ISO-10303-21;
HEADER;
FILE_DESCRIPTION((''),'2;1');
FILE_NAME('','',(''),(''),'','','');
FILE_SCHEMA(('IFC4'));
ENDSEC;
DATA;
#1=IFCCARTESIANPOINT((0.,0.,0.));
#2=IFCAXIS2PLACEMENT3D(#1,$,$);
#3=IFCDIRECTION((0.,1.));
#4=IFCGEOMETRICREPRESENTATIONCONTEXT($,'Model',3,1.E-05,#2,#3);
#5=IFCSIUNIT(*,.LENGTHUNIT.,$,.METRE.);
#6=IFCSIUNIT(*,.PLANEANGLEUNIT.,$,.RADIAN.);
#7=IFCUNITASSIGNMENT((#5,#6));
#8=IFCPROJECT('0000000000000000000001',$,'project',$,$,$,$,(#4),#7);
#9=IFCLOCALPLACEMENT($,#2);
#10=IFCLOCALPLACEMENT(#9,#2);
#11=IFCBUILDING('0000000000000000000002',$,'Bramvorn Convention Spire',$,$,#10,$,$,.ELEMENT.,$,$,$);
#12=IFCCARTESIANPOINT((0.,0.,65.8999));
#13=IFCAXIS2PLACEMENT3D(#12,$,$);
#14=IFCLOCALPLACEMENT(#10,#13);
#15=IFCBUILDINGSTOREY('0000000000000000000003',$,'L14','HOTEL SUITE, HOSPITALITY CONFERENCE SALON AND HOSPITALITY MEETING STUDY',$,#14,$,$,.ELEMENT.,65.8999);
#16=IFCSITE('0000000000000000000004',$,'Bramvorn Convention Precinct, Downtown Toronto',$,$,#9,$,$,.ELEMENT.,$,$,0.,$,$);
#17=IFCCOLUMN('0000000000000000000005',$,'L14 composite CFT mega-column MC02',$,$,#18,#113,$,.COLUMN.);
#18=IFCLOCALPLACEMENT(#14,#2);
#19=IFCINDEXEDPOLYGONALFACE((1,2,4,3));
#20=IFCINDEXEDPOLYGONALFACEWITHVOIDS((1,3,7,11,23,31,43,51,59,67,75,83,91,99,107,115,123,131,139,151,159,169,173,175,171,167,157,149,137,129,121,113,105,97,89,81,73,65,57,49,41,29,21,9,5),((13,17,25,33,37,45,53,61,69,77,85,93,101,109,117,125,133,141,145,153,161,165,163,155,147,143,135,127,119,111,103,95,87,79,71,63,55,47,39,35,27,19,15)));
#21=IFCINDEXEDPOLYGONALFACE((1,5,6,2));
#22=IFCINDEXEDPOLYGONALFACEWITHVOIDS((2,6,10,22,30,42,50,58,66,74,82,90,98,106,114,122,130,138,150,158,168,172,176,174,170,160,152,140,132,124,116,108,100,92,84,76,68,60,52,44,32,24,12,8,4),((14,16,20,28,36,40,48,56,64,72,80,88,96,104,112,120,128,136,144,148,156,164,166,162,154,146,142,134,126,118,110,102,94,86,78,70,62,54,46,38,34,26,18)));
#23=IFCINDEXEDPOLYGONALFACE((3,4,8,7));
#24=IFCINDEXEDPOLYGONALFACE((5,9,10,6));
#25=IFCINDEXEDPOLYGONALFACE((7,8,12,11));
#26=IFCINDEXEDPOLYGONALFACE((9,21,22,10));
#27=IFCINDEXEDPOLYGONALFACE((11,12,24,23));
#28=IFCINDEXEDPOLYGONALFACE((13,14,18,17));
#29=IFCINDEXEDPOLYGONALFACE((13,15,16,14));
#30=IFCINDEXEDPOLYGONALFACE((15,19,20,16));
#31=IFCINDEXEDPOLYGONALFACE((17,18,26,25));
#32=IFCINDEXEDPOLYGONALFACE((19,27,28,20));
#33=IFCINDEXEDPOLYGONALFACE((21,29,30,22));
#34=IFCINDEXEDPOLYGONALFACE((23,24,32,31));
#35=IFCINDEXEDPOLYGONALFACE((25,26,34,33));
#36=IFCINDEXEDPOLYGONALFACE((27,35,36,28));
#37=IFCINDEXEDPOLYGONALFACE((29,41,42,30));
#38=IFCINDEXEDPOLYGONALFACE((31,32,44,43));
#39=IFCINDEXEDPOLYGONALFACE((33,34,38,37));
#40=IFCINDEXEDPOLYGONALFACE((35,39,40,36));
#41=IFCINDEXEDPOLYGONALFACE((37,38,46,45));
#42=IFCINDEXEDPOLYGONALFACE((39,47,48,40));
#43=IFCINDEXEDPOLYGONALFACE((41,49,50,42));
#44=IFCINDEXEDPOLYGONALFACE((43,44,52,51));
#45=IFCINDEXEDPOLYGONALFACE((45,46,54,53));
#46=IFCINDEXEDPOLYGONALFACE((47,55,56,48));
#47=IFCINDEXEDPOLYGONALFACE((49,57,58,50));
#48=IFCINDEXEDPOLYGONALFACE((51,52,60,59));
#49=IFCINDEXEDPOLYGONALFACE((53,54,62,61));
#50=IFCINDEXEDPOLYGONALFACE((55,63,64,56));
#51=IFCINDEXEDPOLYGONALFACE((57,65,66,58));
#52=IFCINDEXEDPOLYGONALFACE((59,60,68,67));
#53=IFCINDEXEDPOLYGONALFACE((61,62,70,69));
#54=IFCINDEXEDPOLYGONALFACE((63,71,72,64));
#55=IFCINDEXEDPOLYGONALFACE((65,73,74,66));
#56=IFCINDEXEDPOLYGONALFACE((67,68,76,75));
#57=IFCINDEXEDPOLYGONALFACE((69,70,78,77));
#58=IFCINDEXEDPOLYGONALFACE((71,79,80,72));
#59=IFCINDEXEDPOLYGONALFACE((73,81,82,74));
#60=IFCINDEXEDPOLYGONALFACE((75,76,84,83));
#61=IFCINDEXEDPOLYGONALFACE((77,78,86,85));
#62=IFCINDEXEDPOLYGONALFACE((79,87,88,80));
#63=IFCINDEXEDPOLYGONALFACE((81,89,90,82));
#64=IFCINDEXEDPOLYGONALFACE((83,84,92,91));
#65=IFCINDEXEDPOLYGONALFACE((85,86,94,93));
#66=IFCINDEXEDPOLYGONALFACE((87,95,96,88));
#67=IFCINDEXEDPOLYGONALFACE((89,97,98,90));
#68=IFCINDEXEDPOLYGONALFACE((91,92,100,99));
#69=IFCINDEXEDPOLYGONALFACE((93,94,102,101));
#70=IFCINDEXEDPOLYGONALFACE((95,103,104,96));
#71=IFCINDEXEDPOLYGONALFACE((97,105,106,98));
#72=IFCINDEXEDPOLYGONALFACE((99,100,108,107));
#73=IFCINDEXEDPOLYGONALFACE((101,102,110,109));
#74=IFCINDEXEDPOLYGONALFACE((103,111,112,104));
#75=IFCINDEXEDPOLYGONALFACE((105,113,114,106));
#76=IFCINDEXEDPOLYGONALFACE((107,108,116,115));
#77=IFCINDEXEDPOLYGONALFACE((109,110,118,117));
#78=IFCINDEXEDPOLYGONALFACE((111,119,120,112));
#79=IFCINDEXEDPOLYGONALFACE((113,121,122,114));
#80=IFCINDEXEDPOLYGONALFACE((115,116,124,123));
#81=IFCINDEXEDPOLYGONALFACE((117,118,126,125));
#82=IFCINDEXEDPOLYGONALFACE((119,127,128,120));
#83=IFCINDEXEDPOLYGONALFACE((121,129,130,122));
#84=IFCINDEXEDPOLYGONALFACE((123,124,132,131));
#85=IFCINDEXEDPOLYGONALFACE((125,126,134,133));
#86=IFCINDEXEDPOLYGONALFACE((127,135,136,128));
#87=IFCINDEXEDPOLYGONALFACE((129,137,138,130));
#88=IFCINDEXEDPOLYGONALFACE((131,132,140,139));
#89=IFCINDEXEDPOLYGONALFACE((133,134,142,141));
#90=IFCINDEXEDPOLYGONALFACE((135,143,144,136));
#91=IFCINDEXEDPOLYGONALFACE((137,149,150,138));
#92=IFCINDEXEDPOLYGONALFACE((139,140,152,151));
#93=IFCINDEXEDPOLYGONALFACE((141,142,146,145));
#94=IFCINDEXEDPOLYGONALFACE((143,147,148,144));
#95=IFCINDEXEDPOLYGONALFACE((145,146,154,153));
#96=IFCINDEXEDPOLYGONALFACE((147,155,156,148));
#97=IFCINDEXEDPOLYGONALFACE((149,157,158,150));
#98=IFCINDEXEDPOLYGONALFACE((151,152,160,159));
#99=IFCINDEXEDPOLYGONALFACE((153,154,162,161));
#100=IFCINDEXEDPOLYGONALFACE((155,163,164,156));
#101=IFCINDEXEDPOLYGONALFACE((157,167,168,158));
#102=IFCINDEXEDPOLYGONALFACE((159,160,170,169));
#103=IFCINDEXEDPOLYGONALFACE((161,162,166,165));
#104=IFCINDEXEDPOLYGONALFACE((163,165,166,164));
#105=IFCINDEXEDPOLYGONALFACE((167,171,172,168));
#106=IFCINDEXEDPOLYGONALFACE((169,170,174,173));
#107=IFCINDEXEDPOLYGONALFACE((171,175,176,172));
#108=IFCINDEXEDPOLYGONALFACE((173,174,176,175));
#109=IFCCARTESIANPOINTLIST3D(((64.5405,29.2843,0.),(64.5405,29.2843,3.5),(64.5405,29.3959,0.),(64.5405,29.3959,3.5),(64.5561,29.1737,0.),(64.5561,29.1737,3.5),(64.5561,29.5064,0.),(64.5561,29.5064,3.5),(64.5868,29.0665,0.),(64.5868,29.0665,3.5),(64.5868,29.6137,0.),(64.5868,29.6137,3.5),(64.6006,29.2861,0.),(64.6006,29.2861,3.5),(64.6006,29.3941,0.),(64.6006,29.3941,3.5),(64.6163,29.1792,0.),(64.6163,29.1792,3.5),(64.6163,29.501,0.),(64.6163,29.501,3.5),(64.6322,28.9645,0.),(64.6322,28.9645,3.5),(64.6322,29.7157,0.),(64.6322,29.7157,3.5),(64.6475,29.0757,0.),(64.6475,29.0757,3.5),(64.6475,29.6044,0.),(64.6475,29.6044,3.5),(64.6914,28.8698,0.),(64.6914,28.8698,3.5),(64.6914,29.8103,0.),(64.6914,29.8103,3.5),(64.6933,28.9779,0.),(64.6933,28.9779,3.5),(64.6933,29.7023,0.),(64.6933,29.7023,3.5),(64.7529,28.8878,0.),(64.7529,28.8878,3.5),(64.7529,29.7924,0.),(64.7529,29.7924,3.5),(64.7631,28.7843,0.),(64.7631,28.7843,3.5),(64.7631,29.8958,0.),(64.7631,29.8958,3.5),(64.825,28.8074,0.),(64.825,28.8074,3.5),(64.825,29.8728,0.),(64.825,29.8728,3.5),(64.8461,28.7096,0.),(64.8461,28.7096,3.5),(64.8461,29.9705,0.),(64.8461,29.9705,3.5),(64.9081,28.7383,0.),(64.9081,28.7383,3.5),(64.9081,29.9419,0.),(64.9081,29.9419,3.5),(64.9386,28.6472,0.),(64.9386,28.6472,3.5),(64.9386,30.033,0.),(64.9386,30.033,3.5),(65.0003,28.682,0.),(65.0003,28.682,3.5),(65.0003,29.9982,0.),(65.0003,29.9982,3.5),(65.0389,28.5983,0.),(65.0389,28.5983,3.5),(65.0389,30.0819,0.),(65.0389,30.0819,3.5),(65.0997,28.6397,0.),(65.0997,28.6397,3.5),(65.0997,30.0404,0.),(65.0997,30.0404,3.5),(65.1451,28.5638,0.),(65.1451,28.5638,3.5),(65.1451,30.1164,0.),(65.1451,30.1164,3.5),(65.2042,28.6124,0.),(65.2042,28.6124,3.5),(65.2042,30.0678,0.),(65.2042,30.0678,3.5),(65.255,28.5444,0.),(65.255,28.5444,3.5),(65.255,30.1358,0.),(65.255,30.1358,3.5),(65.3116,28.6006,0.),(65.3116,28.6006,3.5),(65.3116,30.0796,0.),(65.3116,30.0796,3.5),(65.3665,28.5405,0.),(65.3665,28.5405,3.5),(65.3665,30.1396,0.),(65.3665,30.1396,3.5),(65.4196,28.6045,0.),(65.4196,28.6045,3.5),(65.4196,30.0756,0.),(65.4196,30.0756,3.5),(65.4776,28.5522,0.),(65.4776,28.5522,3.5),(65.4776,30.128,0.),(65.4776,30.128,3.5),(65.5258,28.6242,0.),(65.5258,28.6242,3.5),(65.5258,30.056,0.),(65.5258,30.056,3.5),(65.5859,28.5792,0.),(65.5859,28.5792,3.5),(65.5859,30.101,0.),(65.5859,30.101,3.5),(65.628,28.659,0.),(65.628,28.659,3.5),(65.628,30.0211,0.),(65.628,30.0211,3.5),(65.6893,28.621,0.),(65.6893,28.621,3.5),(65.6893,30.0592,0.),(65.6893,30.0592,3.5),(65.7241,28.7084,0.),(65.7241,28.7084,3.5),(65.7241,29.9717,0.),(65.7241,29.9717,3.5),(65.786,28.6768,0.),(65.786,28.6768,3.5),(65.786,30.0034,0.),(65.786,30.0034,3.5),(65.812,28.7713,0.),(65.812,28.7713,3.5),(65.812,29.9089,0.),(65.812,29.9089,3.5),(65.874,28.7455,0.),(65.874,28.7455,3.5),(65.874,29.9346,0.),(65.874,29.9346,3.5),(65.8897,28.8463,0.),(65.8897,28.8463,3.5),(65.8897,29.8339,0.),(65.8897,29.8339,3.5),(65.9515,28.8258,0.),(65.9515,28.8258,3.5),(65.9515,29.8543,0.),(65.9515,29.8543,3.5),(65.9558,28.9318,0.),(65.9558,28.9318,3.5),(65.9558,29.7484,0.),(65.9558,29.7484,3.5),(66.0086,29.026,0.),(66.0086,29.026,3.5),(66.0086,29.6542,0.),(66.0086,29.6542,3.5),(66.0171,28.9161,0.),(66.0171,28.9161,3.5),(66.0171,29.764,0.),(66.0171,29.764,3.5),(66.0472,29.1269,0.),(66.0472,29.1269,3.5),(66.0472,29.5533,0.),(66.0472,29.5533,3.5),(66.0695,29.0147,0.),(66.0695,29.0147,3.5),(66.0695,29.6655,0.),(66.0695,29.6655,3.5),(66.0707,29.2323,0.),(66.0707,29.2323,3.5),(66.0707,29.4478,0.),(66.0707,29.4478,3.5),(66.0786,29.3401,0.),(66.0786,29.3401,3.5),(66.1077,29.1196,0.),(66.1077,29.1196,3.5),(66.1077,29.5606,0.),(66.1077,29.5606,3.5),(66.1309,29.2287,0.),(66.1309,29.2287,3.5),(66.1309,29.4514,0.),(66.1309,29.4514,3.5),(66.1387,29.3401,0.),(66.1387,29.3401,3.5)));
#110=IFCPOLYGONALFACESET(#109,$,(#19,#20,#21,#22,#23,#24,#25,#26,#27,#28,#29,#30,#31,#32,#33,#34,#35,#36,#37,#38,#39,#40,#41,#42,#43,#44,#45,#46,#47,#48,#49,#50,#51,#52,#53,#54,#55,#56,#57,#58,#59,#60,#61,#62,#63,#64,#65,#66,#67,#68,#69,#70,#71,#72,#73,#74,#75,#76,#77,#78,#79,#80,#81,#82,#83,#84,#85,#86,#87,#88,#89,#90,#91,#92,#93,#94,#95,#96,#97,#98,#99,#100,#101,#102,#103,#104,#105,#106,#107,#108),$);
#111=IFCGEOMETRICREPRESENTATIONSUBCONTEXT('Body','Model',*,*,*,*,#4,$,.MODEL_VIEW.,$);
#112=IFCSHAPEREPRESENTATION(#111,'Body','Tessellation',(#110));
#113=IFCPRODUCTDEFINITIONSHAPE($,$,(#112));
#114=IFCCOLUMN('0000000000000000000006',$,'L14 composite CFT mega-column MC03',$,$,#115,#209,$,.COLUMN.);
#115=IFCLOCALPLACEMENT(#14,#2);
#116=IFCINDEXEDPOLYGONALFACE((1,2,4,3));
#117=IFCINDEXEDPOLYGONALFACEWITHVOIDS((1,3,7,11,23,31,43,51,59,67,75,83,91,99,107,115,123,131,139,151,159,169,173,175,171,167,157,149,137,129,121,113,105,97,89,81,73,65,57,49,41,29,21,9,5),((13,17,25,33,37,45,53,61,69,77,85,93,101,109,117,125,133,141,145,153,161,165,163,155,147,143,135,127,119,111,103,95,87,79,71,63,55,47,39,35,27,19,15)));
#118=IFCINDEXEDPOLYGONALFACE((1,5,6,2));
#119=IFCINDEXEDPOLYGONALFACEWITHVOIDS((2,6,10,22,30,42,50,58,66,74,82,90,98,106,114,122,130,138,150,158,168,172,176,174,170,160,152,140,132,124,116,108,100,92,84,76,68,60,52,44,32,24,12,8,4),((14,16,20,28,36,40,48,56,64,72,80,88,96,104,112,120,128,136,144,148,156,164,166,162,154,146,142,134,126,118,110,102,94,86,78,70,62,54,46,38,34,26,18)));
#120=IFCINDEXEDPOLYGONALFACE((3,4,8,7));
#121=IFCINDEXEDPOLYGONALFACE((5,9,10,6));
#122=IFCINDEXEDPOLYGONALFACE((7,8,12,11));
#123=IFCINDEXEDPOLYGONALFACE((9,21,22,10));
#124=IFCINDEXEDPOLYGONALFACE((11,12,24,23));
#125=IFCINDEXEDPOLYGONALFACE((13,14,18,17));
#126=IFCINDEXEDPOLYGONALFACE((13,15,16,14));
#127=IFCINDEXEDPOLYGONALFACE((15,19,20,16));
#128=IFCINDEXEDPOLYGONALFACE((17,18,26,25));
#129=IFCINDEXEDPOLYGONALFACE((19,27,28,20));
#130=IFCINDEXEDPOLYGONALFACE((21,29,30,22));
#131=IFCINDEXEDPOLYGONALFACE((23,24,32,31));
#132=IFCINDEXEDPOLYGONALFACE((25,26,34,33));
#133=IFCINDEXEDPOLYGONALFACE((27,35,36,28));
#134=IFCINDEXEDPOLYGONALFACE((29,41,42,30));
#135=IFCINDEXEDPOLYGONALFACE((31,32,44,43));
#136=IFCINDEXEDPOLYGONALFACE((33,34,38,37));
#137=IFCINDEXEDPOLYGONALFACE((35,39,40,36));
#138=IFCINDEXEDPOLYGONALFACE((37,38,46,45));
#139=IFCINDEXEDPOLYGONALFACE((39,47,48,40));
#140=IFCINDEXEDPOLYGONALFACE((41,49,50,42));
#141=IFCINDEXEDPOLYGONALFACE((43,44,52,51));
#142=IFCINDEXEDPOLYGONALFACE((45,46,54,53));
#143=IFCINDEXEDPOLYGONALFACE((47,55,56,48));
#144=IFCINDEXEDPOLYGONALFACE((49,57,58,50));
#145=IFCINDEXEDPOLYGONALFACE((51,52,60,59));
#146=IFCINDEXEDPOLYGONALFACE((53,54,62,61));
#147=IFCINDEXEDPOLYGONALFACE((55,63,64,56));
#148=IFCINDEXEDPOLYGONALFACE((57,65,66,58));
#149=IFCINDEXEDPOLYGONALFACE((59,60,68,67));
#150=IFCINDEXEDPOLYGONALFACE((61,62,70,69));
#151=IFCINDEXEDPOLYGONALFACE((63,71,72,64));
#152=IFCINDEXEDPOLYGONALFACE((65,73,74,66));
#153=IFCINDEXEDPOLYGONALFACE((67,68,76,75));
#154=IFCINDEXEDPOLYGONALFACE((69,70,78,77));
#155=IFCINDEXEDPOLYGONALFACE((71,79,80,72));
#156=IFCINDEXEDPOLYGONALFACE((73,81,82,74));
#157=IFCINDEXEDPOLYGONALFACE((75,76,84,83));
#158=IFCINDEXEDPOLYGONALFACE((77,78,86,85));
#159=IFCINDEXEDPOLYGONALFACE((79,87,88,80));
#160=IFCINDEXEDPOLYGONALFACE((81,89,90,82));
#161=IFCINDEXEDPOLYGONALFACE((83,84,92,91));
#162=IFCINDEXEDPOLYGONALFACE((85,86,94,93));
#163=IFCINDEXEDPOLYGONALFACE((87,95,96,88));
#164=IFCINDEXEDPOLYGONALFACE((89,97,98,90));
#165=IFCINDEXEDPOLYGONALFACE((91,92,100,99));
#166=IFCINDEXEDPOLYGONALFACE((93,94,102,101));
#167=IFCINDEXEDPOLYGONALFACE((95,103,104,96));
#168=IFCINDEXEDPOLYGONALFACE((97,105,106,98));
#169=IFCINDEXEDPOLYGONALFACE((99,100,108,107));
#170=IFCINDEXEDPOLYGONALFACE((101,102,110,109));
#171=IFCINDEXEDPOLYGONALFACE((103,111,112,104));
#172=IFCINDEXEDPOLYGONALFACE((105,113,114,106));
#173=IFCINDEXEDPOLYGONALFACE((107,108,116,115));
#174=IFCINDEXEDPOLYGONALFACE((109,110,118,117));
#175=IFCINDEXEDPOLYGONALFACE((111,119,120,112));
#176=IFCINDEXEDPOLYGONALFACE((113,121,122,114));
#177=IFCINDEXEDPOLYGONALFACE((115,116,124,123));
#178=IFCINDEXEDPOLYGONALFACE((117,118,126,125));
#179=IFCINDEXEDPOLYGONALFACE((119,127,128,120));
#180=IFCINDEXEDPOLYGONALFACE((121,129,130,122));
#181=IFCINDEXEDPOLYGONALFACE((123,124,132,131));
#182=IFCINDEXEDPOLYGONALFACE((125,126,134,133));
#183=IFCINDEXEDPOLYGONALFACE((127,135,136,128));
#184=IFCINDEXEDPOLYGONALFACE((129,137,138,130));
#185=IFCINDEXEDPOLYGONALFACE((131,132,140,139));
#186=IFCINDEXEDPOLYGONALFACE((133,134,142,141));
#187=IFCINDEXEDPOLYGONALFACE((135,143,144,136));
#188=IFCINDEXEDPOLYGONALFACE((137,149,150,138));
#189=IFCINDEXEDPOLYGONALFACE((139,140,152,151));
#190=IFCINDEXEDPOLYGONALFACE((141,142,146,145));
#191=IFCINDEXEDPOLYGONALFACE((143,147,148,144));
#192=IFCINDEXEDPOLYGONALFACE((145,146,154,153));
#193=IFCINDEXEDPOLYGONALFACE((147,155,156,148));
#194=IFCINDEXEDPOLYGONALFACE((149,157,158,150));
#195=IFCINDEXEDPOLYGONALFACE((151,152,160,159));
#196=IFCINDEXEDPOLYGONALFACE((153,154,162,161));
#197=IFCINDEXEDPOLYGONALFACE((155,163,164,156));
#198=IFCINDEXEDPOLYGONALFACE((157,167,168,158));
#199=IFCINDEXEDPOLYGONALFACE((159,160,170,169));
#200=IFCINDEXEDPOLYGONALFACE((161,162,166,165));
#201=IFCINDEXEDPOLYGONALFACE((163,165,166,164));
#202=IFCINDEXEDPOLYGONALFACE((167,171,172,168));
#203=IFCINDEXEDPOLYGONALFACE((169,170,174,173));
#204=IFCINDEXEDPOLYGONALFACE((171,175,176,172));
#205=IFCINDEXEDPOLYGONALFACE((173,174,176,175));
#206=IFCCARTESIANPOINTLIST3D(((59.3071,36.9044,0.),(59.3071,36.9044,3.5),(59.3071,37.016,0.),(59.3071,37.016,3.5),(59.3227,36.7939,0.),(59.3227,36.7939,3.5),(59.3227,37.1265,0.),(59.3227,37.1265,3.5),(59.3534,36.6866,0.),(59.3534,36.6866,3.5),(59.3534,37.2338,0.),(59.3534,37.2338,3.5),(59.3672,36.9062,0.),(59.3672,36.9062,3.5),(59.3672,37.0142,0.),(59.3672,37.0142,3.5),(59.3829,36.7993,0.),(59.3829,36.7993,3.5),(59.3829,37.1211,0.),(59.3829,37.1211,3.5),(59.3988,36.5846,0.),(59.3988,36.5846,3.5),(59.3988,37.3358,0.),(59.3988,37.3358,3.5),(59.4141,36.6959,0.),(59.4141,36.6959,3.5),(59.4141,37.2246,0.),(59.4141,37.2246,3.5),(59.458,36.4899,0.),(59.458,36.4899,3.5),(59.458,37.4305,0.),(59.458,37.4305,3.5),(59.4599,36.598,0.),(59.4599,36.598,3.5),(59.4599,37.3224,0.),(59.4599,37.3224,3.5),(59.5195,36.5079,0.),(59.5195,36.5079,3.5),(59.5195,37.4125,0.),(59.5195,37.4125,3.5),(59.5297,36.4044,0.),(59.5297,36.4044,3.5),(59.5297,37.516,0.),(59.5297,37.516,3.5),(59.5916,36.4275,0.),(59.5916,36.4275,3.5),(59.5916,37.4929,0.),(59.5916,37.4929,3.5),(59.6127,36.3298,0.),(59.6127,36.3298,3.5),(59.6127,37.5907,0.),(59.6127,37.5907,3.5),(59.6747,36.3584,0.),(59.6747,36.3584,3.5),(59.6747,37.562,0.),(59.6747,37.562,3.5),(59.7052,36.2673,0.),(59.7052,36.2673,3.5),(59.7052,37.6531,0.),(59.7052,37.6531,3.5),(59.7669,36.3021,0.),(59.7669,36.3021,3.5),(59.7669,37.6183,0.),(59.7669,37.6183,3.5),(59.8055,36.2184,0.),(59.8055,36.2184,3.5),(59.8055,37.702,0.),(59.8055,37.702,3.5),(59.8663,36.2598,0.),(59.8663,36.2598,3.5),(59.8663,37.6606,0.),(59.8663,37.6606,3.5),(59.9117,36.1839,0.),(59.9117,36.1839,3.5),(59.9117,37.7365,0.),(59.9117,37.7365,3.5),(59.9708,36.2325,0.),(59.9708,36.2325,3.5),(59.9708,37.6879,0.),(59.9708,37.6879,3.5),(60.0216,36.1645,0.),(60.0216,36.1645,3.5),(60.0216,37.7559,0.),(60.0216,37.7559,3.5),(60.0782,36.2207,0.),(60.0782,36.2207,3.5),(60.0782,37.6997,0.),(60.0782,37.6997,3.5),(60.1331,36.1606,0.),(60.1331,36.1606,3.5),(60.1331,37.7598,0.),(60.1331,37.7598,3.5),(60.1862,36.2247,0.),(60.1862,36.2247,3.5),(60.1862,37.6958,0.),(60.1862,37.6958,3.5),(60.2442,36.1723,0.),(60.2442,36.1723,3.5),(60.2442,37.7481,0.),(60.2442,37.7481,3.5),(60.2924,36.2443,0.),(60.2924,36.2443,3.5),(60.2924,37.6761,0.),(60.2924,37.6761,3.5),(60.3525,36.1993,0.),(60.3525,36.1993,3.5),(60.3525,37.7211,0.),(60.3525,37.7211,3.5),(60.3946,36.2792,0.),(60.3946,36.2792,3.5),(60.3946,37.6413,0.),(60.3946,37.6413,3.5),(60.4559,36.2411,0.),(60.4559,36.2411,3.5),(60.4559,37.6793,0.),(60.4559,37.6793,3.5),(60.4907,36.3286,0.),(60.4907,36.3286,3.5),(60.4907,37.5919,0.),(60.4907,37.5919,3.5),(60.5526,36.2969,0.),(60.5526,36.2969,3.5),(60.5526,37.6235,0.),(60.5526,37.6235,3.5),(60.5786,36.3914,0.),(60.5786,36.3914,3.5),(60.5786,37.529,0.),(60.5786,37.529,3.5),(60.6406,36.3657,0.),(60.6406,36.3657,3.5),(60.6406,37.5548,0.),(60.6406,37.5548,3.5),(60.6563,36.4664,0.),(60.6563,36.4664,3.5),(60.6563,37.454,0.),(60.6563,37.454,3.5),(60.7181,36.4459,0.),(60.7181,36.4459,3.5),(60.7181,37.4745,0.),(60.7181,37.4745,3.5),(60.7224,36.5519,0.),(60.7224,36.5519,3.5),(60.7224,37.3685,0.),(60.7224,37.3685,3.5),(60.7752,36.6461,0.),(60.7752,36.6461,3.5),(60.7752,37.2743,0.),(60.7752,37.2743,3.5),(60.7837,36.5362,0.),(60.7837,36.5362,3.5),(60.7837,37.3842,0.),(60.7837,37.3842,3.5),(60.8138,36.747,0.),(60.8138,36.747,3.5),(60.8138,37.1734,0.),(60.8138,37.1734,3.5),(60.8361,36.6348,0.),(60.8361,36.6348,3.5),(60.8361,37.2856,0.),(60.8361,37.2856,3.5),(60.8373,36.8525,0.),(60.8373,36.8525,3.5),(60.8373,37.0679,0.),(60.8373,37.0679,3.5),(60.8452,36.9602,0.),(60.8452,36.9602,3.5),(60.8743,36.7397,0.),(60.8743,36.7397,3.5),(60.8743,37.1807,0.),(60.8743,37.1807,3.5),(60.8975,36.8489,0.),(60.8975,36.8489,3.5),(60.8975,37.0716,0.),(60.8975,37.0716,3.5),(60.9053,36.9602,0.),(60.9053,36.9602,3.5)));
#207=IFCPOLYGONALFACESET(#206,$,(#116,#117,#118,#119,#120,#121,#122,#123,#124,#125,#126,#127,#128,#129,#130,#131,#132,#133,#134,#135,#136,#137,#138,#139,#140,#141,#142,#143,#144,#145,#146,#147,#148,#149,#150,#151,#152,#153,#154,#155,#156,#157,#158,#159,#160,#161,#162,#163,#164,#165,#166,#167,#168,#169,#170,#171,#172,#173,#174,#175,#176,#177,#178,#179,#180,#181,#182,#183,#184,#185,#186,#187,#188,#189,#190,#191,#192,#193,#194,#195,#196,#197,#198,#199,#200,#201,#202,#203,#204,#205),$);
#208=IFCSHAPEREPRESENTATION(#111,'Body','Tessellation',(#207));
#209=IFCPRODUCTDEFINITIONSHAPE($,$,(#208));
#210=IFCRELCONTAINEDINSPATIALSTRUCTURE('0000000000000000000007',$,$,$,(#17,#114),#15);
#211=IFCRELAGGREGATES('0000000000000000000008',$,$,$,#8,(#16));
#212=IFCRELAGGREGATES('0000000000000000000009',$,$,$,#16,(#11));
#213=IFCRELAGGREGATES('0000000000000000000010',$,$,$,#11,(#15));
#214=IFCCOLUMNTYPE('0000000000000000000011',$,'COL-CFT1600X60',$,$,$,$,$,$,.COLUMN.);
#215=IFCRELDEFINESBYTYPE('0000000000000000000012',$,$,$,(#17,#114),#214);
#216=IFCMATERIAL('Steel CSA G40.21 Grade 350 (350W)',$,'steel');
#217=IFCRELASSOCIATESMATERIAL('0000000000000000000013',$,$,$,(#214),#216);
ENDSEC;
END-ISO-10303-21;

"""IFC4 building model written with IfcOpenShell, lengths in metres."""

from ifc_helpers import new_model, si_unit, direction, frame, origin, origin_2d, place, context, subcontext, project, spatial, hollow_circle, extrude, material, material_profile, profile_set, type_object, element, save


model = new_model("IFC4")

# Units and contexts
model_context = context("Model", 3, precision=1e-05, world=origin(), true_north=direction((0.0, 1.0)))
body_context = subcontext(model_context, "Body", "Model", "MODEL_VIEW")
ifc_project = project(units=[si_unit("LENGTHUNIT", "METRE"), si_unit("PLANEANGLEUNIT", "RADIAN")], contexts=[model_context])

# Site, building, storey
site_placement = place(None, origin())
site = spatial("IfcSite", under=ifc_project, at=site_placement, Name="Bramvorn Convention Precinct, Downtown Toronto", CompositionType="ELEMENT", RefElevation=0.0)
building_placement = place(site_placement, origin())
building = spatial("IfcBuilding", under=site, at=building_placement, Name="Bramvorn Convention Spire", CompositionType="ELEMENT")
storey_placement = place(building_placement, frame((0.0, 0.0, 65.8999)))
storey = spatial("IfcBuildingStorey", under=building, at=storey_placement, Name="L14", Description="HOTEL SUITE, HOSPITALITY CONFERENCE SALON AND HOSPITALITY MEETING STUDY", CompositionType="ELEMENT", Elevation=65.8999)

# Columns
ifc_material_1 = material(Name="Steel CSA G40.21 Grade 350 (350W)", Category="steel")
ifc_material_profile_1 = material_profile(ifc_material_1, hollow_circle(Radius=0.8, WallThickness=0.0601, at=origin_2d()))
ifc_profile_set_1 = profile_set([ifc_material_profile_1], Name="Steel CSA G40.21 Grade 350 (350W) - CFT1600X60")
column_type = type_object("IfcColumnType", Name="COL-CFT1600X60", PredefinedType="COLUMN", material=ifc_profile_set_1)
for number, where, z_axis, x_axis, name in (
    (1, (65.3386, 29.3401, 0.0), (0.0, 0.0, 1.0), (1.0, 0.0, 0.0), "L14 composite CFT mega-column MC02"),
    (2, (60.1052, 36.9602, 0.0), (0.0, 0.0, 1.0), (1.0, 0.0, 0.0), "L14 composite CFT mega-column MC03"),
):
    element("IfcColumn", number, at=place(storey_placement, frame(where, z_axis=z_axis, x_axis=x_axis)), inside=storey, type_object=column_type, Name=name, PredefinedType="COLUMN", context=body_context, shape_type="SweptSolid", body=[
        extrude(hollow_circle(Radius=0.8, WallThickness=0.0601, at=origin_2d()), origin(), (0.0, 0.0, 1.0), 3.5),
    ])

save(model, "model.ifc")
